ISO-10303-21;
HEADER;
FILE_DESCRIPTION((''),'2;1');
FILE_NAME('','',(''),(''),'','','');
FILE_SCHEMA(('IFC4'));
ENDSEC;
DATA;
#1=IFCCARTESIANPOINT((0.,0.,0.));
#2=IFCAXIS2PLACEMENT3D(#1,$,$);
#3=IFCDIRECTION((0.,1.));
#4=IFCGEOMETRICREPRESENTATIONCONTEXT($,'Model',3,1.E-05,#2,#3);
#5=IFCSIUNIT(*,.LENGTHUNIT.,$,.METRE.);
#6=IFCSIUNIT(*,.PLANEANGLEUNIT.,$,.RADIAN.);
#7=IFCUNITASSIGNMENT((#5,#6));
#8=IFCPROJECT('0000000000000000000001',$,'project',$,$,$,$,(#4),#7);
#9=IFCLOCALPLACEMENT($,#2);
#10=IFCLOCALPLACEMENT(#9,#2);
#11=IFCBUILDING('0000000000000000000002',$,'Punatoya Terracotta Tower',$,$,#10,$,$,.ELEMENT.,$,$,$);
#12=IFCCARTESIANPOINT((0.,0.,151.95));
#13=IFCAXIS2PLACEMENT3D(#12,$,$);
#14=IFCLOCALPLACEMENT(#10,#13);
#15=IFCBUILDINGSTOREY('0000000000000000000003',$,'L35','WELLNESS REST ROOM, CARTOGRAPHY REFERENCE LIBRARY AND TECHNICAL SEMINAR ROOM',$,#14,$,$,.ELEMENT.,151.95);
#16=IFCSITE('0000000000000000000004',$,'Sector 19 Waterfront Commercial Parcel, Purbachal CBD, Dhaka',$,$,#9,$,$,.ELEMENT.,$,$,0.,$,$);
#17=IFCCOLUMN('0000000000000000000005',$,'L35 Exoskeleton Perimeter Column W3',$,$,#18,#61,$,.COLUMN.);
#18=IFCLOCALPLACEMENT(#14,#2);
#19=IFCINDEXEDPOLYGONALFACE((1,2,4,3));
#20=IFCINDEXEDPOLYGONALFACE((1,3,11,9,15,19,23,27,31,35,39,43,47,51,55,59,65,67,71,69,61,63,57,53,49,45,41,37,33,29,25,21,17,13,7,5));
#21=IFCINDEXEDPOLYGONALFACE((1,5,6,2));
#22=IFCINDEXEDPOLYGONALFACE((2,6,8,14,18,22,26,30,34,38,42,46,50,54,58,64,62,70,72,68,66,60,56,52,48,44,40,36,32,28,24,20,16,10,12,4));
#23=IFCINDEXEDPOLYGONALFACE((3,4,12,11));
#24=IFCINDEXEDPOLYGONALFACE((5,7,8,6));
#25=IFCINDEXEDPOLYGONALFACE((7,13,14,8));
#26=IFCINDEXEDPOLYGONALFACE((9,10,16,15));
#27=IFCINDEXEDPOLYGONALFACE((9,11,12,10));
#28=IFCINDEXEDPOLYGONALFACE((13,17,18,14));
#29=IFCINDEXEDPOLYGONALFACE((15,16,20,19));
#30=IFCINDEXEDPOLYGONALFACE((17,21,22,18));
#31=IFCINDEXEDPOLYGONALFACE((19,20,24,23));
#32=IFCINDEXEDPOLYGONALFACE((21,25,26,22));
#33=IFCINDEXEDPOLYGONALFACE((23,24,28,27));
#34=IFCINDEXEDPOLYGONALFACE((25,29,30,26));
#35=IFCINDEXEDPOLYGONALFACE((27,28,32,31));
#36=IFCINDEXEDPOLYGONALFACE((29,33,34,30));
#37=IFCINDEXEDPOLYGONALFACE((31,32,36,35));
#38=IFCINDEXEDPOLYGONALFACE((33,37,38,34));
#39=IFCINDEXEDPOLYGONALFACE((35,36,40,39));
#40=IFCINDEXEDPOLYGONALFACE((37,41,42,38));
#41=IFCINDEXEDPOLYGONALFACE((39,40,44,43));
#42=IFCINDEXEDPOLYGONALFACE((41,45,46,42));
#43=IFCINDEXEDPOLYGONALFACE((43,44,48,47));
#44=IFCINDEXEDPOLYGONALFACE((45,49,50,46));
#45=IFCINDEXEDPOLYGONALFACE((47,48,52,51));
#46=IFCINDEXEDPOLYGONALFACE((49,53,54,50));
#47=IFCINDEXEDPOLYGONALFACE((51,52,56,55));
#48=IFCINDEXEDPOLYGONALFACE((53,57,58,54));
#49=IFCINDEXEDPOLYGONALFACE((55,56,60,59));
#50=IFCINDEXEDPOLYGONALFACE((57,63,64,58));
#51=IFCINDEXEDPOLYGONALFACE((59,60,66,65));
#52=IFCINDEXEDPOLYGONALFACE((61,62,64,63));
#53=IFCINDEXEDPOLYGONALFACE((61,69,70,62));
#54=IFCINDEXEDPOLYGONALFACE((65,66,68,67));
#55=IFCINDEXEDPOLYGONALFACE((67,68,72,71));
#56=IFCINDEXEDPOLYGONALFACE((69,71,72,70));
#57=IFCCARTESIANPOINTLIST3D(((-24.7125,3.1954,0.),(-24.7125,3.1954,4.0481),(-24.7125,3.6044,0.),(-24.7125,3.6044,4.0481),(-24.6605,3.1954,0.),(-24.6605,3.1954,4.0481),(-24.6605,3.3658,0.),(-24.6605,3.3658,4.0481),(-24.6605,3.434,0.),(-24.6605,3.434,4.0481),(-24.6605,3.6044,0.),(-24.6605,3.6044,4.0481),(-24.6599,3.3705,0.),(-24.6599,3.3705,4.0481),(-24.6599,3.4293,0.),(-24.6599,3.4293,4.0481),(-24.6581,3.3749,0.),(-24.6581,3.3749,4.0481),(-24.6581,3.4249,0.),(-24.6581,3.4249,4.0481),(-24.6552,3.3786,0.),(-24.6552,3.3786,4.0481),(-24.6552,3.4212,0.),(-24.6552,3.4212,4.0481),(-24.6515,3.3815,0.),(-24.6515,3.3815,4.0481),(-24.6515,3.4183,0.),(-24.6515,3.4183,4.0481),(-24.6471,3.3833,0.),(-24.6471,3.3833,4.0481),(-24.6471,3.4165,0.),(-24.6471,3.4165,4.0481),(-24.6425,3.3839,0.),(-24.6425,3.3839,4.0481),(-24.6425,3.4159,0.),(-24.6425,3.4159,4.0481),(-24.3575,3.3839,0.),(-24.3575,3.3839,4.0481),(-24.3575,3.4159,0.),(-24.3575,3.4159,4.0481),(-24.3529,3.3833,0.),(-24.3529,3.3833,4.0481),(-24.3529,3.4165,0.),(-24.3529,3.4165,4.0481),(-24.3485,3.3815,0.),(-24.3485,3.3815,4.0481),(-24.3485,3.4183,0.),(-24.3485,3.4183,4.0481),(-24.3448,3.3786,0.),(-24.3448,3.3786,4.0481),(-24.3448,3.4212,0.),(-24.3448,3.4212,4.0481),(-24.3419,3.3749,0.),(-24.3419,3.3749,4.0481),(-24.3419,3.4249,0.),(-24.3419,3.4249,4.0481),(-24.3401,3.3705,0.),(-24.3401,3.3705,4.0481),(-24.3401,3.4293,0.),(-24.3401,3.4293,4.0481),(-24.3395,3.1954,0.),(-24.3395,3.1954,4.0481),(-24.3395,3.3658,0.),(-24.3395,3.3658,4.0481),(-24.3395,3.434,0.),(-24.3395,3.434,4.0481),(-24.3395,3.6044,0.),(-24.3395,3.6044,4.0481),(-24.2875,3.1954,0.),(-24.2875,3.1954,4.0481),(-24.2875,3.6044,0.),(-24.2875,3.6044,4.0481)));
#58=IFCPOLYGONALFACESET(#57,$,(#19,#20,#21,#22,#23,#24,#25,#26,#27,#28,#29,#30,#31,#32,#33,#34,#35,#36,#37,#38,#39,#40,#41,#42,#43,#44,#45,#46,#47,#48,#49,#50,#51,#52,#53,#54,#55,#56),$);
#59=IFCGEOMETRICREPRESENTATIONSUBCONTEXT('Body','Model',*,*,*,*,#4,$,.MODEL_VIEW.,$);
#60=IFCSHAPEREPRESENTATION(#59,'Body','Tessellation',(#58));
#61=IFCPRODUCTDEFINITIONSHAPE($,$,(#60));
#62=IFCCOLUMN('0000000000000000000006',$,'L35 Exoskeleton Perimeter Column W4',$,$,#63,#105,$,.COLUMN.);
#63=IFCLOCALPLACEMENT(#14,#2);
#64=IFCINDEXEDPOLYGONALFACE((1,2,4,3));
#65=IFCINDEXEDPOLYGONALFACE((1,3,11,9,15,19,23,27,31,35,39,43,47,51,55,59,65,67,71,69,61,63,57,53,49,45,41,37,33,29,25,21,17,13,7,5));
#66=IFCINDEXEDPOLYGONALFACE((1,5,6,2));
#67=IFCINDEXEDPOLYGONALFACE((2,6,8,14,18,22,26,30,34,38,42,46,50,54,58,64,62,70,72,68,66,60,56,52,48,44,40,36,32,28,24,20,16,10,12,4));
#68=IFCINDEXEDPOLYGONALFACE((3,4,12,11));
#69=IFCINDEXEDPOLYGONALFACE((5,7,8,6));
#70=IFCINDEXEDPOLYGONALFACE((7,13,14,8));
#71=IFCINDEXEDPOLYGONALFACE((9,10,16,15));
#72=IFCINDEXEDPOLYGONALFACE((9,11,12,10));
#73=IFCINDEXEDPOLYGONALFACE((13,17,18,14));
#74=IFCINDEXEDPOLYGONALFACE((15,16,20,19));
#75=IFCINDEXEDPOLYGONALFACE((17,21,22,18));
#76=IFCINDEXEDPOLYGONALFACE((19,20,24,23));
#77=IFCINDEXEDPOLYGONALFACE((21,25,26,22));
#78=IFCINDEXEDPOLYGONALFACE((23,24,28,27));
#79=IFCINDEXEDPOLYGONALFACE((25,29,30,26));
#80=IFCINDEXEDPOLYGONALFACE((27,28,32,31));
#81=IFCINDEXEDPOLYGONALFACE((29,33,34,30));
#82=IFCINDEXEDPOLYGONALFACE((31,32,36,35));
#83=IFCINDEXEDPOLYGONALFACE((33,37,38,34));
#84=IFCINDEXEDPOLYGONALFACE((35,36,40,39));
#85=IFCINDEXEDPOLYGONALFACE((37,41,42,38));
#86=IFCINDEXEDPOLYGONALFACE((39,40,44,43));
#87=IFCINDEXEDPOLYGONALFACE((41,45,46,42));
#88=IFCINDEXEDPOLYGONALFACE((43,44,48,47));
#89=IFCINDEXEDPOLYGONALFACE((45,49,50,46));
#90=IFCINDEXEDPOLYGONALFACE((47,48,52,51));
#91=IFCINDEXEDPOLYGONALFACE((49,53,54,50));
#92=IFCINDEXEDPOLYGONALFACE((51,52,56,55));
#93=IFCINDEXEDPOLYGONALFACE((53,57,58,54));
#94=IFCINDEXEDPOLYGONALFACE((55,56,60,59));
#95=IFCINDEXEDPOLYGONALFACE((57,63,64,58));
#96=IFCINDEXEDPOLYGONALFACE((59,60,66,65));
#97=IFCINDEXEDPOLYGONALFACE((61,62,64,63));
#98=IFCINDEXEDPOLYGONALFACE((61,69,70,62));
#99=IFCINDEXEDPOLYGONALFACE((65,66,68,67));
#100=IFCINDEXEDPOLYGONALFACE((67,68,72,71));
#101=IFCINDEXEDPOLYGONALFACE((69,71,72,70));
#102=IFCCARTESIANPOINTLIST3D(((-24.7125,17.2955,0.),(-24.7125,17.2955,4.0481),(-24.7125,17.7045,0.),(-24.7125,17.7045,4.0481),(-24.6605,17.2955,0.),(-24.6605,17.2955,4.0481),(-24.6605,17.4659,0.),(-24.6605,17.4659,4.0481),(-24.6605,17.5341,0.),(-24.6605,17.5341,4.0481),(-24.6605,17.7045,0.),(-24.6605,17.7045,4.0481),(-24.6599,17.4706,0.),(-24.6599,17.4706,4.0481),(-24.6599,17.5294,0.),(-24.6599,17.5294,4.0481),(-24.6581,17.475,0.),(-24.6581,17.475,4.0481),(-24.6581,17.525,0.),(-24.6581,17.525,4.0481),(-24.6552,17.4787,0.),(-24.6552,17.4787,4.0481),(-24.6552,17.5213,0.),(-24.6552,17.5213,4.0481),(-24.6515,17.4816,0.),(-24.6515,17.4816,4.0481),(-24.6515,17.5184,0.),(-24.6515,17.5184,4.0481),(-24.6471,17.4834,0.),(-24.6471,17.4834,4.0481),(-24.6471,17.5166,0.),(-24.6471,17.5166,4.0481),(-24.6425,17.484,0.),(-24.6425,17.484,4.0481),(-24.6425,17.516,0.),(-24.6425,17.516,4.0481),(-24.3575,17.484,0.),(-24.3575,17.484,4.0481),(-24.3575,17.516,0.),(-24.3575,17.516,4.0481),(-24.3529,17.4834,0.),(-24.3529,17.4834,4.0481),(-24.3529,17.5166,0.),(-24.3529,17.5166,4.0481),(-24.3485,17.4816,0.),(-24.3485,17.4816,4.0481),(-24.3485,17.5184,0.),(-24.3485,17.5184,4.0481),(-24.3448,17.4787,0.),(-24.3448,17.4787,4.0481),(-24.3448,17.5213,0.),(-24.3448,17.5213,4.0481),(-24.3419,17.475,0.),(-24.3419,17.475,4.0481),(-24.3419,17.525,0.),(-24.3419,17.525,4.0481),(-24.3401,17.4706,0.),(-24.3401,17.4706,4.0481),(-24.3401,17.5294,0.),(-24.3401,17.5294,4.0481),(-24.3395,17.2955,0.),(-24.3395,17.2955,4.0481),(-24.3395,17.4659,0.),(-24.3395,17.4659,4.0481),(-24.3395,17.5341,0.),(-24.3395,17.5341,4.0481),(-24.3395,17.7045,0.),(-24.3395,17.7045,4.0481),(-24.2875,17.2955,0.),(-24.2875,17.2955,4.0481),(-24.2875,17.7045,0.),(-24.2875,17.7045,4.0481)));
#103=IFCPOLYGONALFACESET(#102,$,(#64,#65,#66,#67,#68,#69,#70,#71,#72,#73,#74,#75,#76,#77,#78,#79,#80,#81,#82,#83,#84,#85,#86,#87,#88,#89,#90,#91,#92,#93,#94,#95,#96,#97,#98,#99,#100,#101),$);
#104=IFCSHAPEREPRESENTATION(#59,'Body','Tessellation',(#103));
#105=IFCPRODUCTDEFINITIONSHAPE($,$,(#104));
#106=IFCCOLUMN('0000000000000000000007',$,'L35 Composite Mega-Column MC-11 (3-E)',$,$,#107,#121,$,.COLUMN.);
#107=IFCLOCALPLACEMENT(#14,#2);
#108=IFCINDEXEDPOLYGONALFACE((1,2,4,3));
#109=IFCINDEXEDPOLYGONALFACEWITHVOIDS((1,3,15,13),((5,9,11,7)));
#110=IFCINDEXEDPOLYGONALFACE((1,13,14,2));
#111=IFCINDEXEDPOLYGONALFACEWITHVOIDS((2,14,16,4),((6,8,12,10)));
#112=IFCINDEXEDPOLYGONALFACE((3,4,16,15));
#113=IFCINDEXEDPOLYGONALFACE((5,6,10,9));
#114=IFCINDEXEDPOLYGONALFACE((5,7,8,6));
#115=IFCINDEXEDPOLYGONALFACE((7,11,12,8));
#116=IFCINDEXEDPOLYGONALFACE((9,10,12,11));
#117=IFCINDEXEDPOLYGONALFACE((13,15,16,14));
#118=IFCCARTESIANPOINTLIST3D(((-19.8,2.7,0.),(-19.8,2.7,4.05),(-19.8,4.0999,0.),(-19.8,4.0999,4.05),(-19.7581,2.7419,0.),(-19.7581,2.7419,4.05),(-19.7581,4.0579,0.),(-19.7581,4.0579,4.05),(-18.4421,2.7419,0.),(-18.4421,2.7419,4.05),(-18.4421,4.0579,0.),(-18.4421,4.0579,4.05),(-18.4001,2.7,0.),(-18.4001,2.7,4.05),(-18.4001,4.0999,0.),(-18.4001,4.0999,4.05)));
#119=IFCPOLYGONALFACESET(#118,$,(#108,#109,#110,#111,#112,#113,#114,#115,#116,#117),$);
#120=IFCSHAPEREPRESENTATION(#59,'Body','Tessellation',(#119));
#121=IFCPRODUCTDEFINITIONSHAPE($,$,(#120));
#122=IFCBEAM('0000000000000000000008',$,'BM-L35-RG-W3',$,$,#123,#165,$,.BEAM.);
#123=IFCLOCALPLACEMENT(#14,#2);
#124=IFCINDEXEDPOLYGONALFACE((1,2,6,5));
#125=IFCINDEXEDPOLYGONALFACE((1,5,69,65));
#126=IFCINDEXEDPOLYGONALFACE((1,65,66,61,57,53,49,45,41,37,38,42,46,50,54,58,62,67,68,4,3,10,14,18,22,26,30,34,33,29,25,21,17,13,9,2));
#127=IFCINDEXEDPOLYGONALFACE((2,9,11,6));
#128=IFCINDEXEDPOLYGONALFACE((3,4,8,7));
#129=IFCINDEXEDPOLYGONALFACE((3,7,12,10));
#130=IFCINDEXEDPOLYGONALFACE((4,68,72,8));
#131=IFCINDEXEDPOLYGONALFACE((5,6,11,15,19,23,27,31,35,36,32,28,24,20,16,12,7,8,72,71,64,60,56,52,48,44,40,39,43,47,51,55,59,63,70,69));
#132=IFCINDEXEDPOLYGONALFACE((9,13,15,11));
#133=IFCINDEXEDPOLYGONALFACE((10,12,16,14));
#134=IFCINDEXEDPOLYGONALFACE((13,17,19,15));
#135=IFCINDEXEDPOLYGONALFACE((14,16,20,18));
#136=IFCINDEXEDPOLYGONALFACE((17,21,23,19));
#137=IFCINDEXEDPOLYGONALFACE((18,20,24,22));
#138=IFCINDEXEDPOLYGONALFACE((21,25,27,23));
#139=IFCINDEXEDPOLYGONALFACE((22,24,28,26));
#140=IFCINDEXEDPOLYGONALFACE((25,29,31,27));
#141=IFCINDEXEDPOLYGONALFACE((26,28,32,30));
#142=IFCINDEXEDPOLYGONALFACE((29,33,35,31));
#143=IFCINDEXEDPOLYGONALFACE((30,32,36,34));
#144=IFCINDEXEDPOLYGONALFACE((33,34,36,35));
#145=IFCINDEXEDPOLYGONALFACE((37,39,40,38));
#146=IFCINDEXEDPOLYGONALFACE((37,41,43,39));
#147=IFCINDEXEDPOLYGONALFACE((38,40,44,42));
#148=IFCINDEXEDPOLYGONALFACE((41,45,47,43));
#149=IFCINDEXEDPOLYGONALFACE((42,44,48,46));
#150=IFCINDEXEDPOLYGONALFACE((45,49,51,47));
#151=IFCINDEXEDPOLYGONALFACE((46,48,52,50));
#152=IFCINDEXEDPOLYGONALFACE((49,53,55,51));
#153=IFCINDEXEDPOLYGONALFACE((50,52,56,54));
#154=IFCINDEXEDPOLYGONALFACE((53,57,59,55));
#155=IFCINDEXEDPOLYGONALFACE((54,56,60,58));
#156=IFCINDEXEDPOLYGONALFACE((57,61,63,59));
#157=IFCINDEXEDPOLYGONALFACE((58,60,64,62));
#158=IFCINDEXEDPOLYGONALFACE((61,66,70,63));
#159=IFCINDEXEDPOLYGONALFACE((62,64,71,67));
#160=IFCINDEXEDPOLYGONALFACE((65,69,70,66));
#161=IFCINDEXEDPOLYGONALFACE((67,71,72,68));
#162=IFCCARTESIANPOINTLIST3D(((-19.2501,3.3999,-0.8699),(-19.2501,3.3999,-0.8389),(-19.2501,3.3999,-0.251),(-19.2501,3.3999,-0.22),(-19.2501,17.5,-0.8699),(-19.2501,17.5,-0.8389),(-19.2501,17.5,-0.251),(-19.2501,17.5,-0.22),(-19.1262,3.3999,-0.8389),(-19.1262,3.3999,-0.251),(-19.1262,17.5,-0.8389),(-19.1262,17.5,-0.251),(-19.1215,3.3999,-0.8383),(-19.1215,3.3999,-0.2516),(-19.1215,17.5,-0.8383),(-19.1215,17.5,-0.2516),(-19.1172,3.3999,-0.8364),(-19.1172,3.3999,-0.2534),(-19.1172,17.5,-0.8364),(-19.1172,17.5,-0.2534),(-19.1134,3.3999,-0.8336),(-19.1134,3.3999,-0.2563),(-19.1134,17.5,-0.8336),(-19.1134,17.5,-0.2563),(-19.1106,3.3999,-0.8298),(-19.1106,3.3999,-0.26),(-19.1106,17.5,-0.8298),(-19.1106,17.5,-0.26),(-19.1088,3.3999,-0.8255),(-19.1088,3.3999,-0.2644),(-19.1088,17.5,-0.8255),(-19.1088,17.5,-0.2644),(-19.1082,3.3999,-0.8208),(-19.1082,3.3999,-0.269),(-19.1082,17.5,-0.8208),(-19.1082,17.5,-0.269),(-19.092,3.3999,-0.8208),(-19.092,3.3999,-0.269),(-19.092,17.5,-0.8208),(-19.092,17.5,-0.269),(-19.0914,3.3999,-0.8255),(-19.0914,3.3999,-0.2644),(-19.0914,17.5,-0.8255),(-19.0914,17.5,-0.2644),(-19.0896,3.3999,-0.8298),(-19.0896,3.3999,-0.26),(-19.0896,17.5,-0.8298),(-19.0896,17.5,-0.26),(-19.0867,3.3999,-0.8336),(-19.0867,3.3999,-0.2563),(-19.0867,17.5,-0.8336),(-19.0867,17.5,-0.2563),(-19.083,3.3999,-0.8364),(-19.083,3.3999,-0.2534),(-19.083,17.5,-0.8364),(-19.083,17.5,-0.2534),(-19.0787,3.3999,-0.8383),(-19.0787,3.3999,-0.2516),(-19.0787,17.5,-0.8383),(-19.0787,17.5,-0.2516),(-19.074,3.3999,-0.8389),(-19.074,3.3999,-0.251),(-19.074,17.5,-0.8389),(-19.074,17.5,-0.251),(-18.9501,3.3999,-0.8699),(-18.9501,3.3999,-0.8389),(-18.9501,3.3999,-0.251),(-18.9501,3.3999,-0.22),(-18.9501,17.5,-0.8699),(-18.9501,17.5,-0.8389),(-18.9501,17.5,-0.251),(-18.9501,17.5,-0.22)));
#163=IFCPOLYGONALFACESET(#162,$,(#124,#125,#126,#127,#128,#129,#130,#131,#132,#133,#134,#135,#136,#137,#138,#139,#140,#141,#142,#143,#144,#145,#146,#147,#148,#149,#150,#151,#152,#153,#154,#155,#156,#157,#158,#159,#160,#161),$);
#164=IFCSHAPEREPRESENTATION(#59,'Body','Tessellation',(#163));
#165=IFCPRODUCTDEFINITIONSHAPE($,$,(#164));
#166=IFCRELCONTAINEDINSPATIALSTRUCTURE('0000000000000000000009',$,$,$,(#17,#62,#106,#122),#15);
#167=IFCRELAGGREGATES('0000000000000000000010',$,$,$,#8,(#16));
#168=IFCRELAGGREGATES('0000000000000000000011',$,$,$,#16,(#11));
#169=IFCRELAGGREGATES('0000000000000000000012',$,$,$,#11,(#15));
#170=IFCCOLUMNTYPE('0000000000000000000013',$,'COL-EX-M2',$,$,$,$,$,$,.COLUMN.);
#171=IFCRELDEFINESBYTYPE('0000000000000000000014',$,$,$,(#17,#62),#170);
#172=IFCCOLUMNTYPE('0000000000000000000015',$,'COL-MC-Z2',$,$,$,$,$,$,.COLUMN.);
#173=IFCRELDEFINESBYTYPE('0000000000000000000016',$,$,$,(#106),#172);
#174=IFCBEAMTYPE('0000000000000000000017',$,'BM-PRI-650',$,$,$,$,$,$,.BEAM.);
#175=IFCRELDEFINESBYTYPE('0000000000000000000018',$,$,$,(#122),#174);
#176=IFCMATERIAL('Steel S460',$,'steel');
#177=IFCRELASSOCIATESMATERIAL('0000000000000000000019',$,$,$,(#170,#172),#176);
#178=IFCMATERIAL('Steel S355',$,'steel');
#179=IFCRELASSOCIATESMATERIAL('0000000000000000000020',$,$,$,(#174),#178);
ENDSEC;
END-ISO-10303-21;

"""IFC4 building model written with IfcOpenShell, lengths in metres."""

from ifc_helpers import new_model, si_unit, direction, frame, origin, origin_2d, place, context, subcontext, project, spatial, hollow_rectangle, i_section, extrude, material, material_profile, profile_set, type_object, element, save


model = new_model("IFC4")

# Units and contexts
model_context = context("Model", 3, precision=1e-05, world=origin(), true_north=direction((0.0, 1.0)))
body_context = subcontext(model_context, "Body", "Model", "MODEL_VIEW")
ifc_project = project(units=[si_unit("LENGTHUNIT", "METRE"), si_unit("PLANEANGLEUNIT", "RADIAN")], contexts=[model_context])

# Site, building, storey
site_placement = place(None, origin())
site = spatial("IfcSite", under=ifc_project, at=site_placement, Name="Sector 19 Waterfront Commercial Parcel, Purbachal CBD, Dhaka", CompositionType="ELEMENT", RefElevation=0.0)
building_placement = place(site_placement, origin())
building = spatial("IfcBuilding", under=site, at=building_placement, Name="Punatoya Terracotta Tower", CompositionType="ELEMENT")
storey_placement = place(building_placement, frame((0.0, 0.0, 151.95)))
storey = spatial("IfcBuildingStorey", under=building, at=storey_placement, Name="L35", Description="WELLNESS REST ROOM, CARTOGRAPHY REFERENCE LIBRARY AND TECHNICAL SEMINAR ROOM", CompositionType="ELEMENT", Elevation=151.95)

# Columns
ifc_material_1 = material(Name="Steel S460", Category="steel")
ifc_material_profile_1 = material_profile(ifc_material_1, i_section(OverallWidth=0.4089, OverallDepth=0.425, WebThickness=0.032, FlangeThickness=0.052, FilletRadius=0.0181, at=origin_2d()))
ifc_profile_set_1 = profile_set([ifc_material_profile_1], Name="Steel S460")
column_type_1 = type_object("IfcColumnType", Name="COL-EX-M2", PredefinedType="COLUMN", material=ifc_profile_set_1)
for number, where, z_axis, x_axis, name in (
    (1, (-24.5, 3.3999, 0.0), (0.0, 0.0, 1.0), (0.0, 1.0, 0.0), "L35 Exoskeleton Perimeter Column W3"),
    (2, (-24.5, 17.5, 0.0), (0.0, 0.0, 1.0), (0.0, 1.0, 0.0), "L35 Exoskeleton Perimeter Column W4"),
):
    element("IfcColumn", number, at=place(storey_placement, frame(where, z_axis=z_axis, x_axis=x_axis)), inside=storey, type_object=column_type_1, Name=name, PredefinedType="COLUMN", context=body_context, shape_type="SweptSolid", body=[
        extrude(i_section(OverallWidth=0.4089, OverallDepth=0.425, WebThickness=0.032, FlangeThickness=0.052, FilletRadius=0.0181, at=origin_2d()), origin(), (0.0, 0.0, 1.0), 4.0481),
    ])
ifc_material_profile_2 = material_profile(ifc_material_1, hollow_rectangle(XDim=1.3999, YDim=1.3999, WallThickness=0.042, at=origin_2d()))
ifc_profile_set_2 = profile_set([ifc_material_profile_2], Name="Steel S460")
column_type_2 = type_object("IfcColumnType", Name="COL-MC-Z2", PredefinedType="COLUMN", material=ifc_profile_set_2)
column_placement = place(storey_placement, frame((-19.1001, 3.3999, 0.0), z_axis=(0.0, 0.0, 1.0), x_axis=(1.0, 0.0, 0.0)))
element("IfcColumn", 3, at=column_placement, inside=storey, type_object=column_type_2, Name="L35 Composite Mega-Column MC-11 (3-E)", PredefinedType="COLUMN", context=body_context, shape_type="SweptSolid", body=[
    extrude(hollow_rectangle(XDim=1.3999, YDim=1.3999, WallThickness=0.042, at=origin_2d()), origin(), (0.0, 0.0, 1.0), 4.05),
])

# Beam
ifc_material_2 = material(Name="Steel S355", Category="steel")
ifc_material_profile_3 = material_profile(ifc_material_2, i_section(OverallWidth=0.3, OverallDepth=0.6499, WebThickness=0.0161, FlangeThickness=0.031, FilletRadius=0.0181, at=origin_2d()))
ifc_profile_set_3 = profile_set([ifc_material_profile_3], Name="Steel S355")
beam_type_1 = type_object("IfcBeamType", Name="BM-PRI-650", PredefinedType="BEAM", material=ifc_profile_set_3)
beam_1_placement = place(storey_placement, frame((-19.1001, 3.3999, -0.5449), z_axis=(0.0, 1.0, 0.0), x_axis=(-1.0, 0.0, 0.0)))
element("IfcBeam", 4, at=beam_1_placement, inside=storey, type_object=beam_type_1, Name="BM-L35-RG-W3", PredefinedType="BEAM", context=body_context, shape_type="SweptSolid", body=[
    extrude(i_section(OverallWidth=0.3, OverallDepth=0.6499, WebThickness=0.0161, FlangeThickness=0.031, FilletRadius=0.0181, at=origin_2d()), origin(), (0.0, 0.0, 1.0), 14.1001),
])

save(model, "model.ifc")
